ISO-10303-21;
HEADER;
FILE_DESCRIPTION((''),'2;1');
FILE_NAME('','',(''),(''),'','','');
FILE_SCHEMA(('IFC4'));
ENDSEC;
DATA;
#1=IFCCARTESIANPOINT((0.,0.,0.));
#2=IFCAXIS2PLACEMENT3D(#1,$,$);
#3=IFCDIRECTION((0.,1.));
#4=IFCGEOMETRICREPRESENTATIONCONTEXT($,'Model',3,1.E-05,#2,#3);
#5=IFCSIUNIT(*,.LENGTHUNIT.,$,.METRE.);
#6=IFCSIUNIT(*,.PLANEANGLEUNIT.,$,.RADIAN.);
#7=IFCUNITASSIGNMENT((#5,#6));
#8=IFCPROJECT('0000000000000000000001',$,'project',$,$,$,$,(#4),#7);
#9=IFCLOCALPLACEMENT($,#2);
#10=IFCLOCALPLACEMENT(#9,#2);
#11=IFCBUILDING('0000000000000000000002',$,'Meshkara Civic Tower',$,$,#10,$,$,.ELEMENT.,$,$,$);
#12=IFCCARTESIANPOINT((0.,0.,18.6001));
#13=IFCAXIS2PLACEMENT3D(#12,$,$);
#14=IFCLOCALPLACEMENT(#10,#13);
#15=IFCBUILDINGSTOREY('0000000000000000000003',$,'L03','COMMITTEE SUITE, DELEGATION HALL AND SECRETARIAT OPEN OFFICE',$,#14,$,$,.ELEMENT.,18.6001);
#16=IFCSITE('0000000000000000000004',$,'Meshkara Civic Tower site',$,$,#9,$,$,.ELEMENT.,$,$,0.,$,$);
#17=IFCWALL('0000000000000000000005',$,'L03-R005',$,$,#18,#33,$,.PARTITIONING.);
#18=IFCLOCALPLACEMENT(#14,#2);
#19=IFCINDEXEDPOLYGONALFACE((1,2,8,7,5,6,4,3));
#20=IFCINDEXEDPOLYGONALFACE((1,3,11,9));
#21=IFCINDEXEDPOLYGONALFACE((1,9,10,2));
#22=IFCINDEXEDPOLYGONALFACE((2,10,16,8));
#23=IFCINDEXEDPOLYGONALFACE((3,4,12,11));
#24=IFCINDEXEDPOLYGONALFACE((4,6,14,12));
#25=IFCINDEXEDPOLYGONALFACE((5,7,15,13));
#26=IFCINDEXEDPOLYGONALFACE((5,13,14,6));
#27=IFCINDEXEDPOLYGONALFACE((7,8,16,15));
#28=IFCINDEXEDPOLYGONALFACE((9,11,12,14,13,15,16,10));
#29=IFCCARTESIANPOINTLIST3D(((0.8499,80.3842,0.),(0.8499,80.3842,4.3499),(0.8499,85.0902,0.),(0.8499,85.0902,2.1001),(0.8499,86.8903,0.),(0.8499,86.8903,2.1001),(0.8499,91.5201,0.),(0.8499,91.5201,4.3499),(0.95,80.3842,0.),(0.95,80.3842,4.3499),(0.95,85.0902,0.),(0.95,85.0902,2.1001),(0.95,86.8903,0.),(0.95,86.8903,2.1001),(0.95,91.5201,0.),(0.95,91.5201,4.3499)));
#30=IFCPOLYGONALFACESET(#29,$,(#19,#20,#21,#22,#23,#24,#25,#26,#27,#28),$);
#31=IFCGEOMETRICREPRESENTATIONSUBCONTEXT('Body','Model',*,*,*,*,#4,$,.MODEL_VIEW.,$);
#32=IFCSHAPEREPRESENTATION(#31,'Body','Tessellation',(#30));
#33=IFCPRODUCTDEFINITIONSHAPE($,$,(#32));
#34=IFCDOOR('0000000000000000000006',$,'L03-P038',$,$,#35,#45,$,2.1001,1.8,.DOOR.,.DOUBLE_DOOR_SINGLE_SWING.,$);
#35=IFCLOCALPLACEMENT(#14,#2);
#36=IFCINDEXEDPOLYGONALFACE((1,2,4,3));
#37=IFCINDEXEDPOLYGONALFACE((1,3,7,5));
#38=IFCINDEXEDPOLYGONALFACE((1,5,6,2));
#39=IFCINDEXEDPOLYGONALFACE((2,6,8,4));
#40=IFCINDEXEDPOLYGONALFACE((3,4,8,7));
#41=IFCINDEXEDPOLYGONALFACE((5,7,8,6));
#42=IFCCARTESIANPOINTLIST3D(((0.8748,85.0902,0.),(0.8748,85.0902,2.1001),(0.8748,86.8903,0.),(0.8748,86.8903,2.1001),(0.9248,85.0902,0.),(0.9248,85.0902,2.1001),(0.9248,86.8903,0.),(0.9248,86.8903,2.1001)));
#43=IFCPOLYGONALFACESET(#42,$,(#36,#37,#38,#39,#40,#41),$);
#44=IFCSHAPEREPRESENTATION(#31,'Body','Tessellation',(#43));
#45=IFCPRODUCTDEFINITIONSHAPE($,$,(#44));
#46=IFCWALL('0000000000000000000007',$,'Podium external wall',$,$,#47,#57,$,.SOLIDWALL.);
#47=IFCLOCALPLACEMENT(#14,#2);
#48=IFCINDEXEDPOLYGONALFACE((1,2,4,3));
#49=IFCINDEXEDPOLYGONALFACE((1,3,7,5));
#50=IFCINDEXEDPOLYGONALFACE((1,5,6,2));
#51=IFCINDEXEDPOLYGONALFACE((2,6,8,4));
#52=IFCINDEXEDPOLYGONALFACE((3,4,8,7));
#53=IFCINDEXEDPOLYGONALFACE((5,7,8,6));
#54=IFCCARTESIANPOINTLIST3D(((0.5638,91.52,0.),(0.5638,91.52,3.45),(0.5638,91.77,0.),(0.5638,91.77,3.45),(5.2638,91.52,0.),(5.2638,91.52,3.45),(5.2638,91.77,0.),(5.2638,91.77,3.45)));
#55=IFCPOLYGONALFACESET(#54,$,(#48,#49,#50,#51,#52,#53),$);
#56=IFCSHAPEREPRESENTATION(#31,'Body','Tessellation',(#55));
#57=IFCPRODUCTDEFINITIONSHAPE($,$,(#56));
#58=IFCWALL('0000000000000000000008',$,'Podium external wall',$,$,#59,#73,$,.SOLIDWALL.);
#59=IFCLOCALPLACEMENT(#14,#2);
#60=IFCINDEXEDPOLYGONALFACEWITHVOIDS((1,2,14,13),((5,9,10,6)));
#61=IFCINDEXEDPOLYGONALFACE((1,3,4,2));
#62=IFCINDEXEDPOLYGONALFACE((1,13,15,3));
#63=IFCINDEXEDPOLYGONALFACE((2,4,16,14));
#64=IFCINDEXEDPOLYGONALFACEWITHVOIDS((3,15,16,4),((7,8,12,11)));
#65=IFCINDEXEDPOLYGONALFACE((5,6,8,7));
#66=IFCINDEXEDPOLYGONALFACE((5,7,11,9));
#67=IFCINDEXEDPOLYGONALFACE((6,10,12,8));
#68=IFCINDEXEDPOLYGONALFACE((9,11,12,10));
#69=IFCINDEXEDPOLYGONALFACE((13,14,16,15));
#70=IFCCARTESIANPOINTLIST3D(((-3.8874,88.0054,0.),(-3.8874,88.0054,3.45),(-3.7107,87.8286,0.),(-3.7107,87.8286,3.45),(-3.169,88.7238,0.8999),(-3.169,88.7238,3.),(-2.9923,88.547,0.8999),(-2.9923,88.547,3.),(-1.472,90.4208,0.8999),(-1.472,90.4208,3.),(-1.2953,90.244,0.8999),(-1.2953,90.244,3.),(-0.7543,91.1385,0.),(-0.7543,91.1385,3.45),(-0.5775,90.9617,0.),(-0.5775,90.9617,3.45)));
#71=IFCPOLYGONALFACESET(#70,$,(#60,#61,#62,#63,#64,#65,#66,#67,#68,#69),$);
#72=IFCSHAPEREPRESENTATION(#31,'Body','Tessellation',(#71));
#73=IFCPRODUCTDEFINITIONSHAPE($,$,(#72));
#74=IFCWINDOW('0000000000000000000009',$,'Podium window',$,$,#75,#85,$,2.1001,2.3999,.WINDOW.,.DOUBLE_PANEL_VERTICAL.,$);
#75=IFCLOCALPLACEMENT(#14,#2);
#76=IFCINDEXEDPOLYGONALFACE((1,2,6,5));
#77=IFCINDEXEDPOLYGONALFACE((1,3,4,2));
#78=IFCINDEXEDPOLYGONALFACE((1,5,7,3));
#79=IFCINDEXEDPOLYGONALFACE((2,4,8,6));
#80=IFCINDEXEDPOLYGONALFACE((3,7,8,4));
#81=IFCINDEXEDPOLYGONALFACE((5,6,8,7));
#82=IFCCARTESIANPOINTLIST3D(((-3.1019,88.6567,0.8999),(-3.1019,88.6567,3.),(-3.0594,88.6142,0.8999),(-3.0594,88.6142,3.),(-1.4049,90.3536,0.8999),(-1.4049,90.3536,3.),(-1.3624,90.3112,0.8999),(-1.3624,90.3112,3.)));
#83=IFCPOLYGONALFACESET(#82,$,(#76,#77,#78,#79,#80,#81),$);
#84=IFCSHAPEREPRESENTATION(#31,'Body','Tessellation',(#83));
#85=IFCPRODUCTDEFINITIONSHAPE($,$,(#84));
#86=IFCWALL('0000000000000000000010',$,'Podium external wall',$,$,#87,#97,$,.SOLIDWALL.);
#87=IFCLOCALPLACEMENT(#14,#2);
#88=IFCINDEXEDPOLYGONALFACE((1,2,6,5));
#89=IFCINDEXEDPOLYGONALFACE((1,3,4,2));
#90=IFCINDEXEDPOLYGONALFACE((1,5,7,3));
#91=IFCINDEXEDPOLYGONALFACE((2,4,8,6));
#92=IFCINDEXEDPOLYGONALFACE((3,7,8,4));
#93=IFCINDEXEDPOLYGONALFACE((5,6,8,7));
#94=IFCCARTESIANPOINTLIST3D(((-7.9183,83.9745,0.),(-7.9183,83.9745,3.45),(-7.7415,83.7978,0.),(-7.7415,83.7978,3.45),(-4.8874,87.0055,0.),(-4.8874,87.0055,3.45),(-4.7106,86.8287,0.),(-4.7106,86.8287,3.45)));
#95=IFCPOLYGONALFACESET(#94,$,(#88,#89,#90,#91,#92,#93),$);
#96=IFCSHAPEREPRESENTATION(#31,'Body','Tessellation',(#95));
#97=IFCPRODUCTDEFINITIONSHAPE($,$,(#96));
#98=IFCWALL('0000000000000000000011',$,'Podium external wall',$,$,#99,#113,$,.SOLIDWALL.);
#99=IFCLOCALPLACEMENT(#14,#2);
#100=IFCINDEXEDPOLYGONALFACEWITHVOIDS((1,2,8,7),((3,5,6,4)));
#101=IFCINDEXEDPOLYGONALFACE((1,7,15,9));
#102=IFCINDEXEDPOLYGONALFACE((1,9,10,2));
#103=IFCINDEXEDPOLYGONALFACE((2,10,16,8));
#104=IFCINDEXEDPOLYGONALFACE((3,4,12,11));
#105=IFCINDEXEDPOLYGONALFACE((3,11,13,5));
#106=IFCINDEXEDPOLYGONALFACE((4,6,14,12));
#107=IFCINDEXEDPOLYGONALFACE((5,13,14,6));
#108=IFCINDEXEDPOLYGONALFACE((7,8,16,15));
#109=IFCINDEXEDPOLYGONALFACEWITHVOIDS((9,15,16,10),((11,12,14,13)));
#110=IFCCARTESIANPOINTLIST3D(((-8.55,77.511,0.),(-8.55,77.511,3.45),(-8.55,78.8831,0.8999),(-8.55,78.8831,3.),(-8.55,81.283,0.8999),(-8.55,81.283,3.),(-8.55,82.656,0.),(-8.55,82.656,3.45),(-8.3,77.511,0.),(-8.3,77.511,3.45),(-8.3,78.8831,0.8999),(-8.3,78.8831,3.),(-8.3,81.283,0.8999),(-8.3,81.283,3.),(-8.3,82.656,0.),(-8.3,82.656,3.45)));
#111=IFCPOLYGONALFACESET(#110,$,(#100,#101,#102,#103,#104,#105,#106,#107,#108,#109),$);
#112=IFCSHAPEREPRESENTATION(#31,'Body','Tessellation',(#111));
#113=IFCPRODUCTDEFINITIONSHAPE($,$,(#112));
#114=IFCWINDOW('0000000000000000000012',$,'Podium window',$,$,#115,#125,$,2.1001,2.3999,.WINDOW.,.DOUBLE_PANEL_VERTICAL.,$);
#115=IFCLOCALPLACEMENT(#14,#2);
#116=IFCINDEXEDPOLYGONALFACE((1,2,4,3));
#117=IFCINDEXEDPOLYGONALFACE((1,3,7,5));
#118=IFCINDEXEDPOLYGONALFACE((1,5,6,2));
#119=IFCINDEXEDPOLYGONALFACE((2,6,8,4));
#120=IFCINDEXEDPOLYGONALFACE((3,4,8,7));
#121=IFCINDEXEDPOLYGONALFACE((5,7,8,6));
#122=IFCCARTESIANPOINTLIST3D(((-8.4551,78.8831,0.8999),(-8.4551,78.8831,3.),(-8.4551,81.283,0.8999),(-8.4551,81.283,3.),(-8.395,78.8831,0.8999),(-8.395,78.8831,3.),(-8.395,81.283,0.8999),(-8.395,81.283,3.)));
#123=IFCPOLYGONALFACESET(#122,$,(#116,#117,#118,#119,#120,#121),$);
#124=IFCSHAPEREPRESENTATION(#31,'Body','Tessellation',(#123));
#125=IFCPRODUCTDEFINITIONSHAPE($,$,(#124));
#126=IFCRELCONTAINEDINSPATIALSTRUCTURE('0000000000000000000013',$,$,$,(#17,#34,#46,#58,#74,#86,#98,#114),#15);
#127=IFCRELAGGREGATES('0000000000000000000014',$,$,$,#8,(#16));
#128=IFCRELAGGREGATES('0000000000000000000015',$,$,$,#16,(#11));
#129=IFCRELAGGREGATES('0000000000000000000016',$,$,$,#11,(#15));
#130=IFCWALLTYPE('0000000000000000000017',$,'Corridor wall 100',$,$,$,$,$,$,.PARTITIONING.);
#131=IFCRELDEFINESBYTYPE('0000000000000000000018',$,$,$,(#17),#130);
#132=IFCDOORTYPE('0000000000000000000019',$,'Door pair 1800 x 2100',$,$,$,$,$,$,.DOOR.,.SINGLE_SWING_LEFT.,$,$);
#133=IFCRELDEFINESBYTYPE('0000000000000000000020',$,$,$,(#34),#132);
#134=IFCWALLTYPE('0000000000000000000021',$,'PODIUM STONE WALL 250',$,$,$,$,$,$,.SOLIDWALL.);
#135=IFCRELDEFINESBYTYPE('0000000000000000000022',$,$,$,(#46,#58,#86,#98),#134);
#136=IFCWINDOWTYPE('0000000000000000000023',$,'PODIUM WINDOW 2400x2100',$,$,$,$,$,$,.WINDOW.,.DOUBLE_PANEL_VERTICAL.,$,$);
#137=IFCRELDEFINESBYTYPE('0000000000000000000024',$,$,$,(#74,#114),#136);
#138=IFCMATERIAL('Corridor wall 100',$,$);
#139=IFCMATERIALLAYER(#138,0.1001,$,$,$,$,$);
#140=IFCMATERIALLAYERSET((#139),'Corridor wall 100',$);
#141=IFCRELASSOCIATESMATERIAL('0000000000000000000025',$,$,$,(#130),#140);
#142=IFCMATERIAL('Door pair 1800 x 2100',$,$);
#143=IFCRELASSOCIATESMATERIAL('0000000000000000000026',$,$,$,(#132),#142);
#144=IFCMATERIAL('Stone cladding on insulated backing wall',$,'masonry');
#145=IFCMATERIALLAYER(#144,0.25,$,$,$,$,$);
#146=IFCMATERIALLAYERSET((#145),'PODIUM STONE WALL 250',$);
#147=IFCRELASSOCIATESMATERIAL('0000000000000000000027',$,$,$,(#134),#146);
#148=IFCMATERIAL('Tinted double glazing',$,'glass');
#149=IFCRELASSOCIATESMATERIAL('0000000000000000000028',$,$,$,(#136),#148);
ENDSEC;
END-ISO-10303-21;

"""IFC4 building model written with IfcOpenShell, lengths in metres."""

from ifc_helpers import new_model, si_unit, direction, frame, frame_2d, origin, place, context, subcontext, project, spatial, rectangle, extrude, material, layer, layer_set, type_object, element, fill, save


model = new_model("IFC4")

# Units and contexts
model_context = context("Model", 3, precision=1e-05, world=origin(), true_north=direction((0.0, 1.0)))
body_context = subcontext(model_context, "Body", "Model", "MODEL_VIEW")
ifc_project = project(units=[si_unit("LENGTHUNIT", "METRE"), si_unit("PLANEANGLEUNIT", "RADIAN")], contexts=[model_context])

# Site, building, storey
site_placement = place(None, origin())
site = spatial("IfcSite", under=ifc_project, at=site_placement, Name="Meshkara Civic Tower site", CompositionType="ELEMENT", RefElevation=0.0)
building_placement = place(site_placement, origin())
building = spatial("IfcBuilding", under=site, at=building_placement, Name="Meshkara Civic Tower", CompositionType="ELEMENT")
storey_placement = place(building_placement, frame((0.0, 0.0, 18.6001)))
storey = spatial("IfcBuildingStorey", under=building, at=storey_placement, Name="L03", Description="COMMITTEE SUITE, DELEGATION HALL AND SECRETARIAT OPEN OFFICE", CompositionType="ELEMENT", Elevation=18.6001)

# Shared definitions
ifc_material_1 = material(Name="Corridor wall 100")
ifc_layer_1 = layer(ifc_material_1, 0.1001)
ifc_layer_set_1 = layer_set([ifc_layer_1], Name="Corridor wall 100")
wall_type_1 = type_object("IfcWallType", Name="Corridor wall 100", PredefinedType="PARTITIONING", material=ifc_layer_set_1)

# Wall, opening, door
wall_1_placement = place(storey_placement, frame((0.8999, 91.52, 0.0), z_axis=(0.0, 0.0, 1.0), x_axis=(0.0, -1.0, 0.0)))
wall_1 = element("IfcWall", 1, at=wall_1_placement, inside=storey, type_object=wall_type_1, Name="L03-R005", PredefinedType="PARTITIONING", context=body_context, shape_type="SweptSolid", body=[
    extrude(rectangle(XDim=11.136, YDim=0.1001, at=frame_2d((5.5679, 0.0))), origin(), (0.0, 0.0, 1.0), 4.3499),
])
opening_1_placement = place(wall_1_placement, frame((4.6299, 0.0, 0.0)))
opening_1 = element("IfcOpeningElement", 2, at=opening_1_placement, cuts=wall_1, PredefinedType="OPENING", context=body_context, shape_type="SweptSolid", body=[
    extrude(rectangle(XDim=1.8, YDim=2.1001, at=frame_2d((0.8999, 1.05))), frame((0.0, 0.0601, 0.0), z_axis=(0.0, -1.0, 0.0), x_axis=(1.0, 0.0, 0.0)), (0.0, 0.0, 1.0), 0.1201),
])
ifc_material_2 = material(Name="Door pair 1800 x 2100")
door_type_1 = type_object("IfcDoorType", Name="Door pair 1800 x 2100", OperationType="SINGLE_SWING_LEFT", PredefinedType="DOOR", material=ifc_material_2)
door_1_placement = place(opening_1_placement, origin())
door_1 = element("IfcDoor", 3, at=door_1_placement, inside=storey, type_object=door_type_1, Name="L03-P038", OperationType="DOUBLE_DOOR_SINGLE_SWING", OverallHeight=2.1001, OverallWidth=1.8, PredefinedType="DOOR", context=body_context, shape_type="SweptSolid", body=[
    extrude(rectangle(XDim=1.8, YDim=2.1001, at=frame_2d((0.8999, 1.05))), frame((0.0, 0.0249, 0.0), z_axis=(0.0, -1.0, 0.0), x_axis=(1.0, 0.0, 0.0)), (0.0, 0.0, 1.0), 0.05),
])
fill(opening_1, door_1)

# Wall
ifc_material_3 = material(Name="Stone cladding on insulated backing wall", Category="masonry")
ifc_layer_2 = layer(ifc_material_3, 0.25)
ifc_layer_set_2 = layer_set([ifc_layer_2], Name="PODIUM STONE WALL 250")
wall_type_2 = type_object("IfcWallType", Name="PODIUM STONE WALL 250", PredefinedType="SOLIDWALL", material=ifc_layer_set_2)
wall_2_placement = place(storey_placement, frame((5.2639, 91.645, 0.0), z_axis=(0.0, 0.0, 1.0), x_axis=(-1.0, 0.0, 0.0)))
element("IfcWall", 4, at=wall_2_placement, inside=storey, type_object=wall_type_2, Name="Podium external wall", PredefinedType="SOLIDWALL", context=body_context, shape_type="SweptSolid", body=[
    extrude(rectangle(XDim=4.7, YDim=0.25, at=frame_2d((2.3501, 0.0))), origin(), (0.0, 0.0, 1.0), 3.45),
])

# Wall, opening, window
wall_3_placement = place(storey_placement, frame((-0.666, 91.05, 0.0), z_axis=(0.0, 0.0, 1.0), x_axis=(-0.707107, -0.707107, 0.0)))
wall_3 = element("IfcWall", 5, at=wall_3_placement, inside=storey, type_object=wall_type_2, Name="Podium external wall", PredefinedType="SOLIDWALL", context=body_context, shape_type="SweptSolid", body=[
    extrude(rectangle(XDim=4.4309, YDim=0.25, at=frame_2d((2.2153, 0.0))), origin(), (0.0, 0.0, 1.0), 3.45),
])
opening_2_placement = place(wall_3_placement, frame((1.0149, 0.0, 0.8999)))
opening_2 = element("IfcOpeningElement", 6, at=opening_2_placement, cuts=wall_3, PredefinedType="OPENING", context=body_context, shape_type="SweptSolid", body=[
    extrude(rectangle(XDim=2.3999, YDim=2.1001, at=frame_2d((1.2, 1.05))), frame((0.0, 0.135, 0.0), z_axis=(0.0, -1.0, 0.0), x_axis=(1.0, 0.0, 0.0)), (0.0, 0.0, 1.0), 0.27),
])
ifc_material_4 = material(Name="Tinted double glazing", Category="glass")
window_type = type_object("IfcWindowType", Name="PODIUM WINDOW 2400x2100", PartitioningType="DOUBLE_PANEL_VERTICAL", PredefinedType="WINDOW", material=ifc_material_4)
window_1_placement = place(opening_2_placement, origin())
window_1 = element("IfcWindow", 7, at=window_1_placement, inside=storey, type_object=window_type, Name="Podium window", OverallHeight=2.1001, OverallWidth=2.3999, PartitioningType="DOUBLE_PANEL_VERTICAL", PredefinedType="WINDOW", context=body_context, shape_type="SweptSolid", body=[
    extrude(rectangle(XDim=2.3999, YDim=2.1001, at=frame_2d((1.2, 1.05))), frame((0.0, 0.03, 0.0), z_axis=(0.0, -1.0, 0.0), x_axis=(1.0, 0.0, 0.0)), (0.0, 0.0, 1.0), 0.0601),
])
fill(opening_2, window_1)

# Wall
wall_4_placement = place(storey_placement, frame((-4.7991, 86.917, 0.0), z_axis=(0.0, 0.0, 1.0), x_axis=(-0.707107, -0.707107, 0.0)))
element("IfcWall", 8, at=wall_4_placement, inside=storey, type_object=wall_type_2, Name="Podium external wall", PredefinedType="SOLIDWALL", context=body_context, shape_type="SweptSolid", body=[
    extrude(rectangle(XDim=4.2864, YDim=0.25, at=frame_2d((2.1431, 0.0))), origin(), (0.0, 0.0, 1.0), 3.45),
])

# Wall, opening, window
wall_5_placement = place(storey_placement, frame((-8.425, 82.656, 0.0), z_axis=(0.0, 0.0, 1.0), x_axis=(0.0, -1.0, 0.0)))
wall_5 = element("IfcWall", 9, at=wall_5_placement, inside=storey, type_object=wall_type_2, Name="Podium external wall", PredefinedType="SOLIDWALL", context=body_context, shape_type="SweptSolid", body=[
    extrude(rectangle(XDim=5.145, YDim=0.25, at=frame_2d((2.5725, 0.0))), origin(), (0.0, 0.0, 1.0), 3.45),
])
opening_3_placement = place(wall_5_placement, frame((1.373, 0.0, 0.8999)))
opening_3 = element("IfcOpeningElement", 10, at=opening_3_placement, cuts=wall_5, PredefinedType="OPENING", context=body_context, shape_type="SweptSolid", body=[
    extrude(rectangle(XDim=2.3999, YDim=2.1001, at=frame_2d((1.2, 1.05))), frame((0.0, 0.135, 0.0), z_axis=(0.0, -1.0, 0.0), x_axis=(1.0, 0.0, 0.0)), (0.0, 0.0, 1.0), 0.27),
])
window_2_placement = place(opening_3_placement, origin())
window_2 = element("IfcWindow", 11, at=window_2_placement, inside=storey, type_object=window_type, Name="Podium window", OverallHeight=2.1001, OverallWidth=2.3999, PartitioningType="DOUBLE_PANEL_VERTICAL", PredefinedType="WINDOW", context=body_context, shape_type="SweptSolid", body=[
    extrude(rectangle(XDim=2.3999, YDim=2.1001, at=frame_2d((1.2, 1.05))), frame((0.0, 0.03, 0.0), z_axis=(0.0, -1.0, 0.0), x_axis=(1.0, 0.0, 0.0)), (0.0, 0.0, 1.0), 0.0601),
])
fill(opening_3, window_2)

save(model, "model.ifc")
